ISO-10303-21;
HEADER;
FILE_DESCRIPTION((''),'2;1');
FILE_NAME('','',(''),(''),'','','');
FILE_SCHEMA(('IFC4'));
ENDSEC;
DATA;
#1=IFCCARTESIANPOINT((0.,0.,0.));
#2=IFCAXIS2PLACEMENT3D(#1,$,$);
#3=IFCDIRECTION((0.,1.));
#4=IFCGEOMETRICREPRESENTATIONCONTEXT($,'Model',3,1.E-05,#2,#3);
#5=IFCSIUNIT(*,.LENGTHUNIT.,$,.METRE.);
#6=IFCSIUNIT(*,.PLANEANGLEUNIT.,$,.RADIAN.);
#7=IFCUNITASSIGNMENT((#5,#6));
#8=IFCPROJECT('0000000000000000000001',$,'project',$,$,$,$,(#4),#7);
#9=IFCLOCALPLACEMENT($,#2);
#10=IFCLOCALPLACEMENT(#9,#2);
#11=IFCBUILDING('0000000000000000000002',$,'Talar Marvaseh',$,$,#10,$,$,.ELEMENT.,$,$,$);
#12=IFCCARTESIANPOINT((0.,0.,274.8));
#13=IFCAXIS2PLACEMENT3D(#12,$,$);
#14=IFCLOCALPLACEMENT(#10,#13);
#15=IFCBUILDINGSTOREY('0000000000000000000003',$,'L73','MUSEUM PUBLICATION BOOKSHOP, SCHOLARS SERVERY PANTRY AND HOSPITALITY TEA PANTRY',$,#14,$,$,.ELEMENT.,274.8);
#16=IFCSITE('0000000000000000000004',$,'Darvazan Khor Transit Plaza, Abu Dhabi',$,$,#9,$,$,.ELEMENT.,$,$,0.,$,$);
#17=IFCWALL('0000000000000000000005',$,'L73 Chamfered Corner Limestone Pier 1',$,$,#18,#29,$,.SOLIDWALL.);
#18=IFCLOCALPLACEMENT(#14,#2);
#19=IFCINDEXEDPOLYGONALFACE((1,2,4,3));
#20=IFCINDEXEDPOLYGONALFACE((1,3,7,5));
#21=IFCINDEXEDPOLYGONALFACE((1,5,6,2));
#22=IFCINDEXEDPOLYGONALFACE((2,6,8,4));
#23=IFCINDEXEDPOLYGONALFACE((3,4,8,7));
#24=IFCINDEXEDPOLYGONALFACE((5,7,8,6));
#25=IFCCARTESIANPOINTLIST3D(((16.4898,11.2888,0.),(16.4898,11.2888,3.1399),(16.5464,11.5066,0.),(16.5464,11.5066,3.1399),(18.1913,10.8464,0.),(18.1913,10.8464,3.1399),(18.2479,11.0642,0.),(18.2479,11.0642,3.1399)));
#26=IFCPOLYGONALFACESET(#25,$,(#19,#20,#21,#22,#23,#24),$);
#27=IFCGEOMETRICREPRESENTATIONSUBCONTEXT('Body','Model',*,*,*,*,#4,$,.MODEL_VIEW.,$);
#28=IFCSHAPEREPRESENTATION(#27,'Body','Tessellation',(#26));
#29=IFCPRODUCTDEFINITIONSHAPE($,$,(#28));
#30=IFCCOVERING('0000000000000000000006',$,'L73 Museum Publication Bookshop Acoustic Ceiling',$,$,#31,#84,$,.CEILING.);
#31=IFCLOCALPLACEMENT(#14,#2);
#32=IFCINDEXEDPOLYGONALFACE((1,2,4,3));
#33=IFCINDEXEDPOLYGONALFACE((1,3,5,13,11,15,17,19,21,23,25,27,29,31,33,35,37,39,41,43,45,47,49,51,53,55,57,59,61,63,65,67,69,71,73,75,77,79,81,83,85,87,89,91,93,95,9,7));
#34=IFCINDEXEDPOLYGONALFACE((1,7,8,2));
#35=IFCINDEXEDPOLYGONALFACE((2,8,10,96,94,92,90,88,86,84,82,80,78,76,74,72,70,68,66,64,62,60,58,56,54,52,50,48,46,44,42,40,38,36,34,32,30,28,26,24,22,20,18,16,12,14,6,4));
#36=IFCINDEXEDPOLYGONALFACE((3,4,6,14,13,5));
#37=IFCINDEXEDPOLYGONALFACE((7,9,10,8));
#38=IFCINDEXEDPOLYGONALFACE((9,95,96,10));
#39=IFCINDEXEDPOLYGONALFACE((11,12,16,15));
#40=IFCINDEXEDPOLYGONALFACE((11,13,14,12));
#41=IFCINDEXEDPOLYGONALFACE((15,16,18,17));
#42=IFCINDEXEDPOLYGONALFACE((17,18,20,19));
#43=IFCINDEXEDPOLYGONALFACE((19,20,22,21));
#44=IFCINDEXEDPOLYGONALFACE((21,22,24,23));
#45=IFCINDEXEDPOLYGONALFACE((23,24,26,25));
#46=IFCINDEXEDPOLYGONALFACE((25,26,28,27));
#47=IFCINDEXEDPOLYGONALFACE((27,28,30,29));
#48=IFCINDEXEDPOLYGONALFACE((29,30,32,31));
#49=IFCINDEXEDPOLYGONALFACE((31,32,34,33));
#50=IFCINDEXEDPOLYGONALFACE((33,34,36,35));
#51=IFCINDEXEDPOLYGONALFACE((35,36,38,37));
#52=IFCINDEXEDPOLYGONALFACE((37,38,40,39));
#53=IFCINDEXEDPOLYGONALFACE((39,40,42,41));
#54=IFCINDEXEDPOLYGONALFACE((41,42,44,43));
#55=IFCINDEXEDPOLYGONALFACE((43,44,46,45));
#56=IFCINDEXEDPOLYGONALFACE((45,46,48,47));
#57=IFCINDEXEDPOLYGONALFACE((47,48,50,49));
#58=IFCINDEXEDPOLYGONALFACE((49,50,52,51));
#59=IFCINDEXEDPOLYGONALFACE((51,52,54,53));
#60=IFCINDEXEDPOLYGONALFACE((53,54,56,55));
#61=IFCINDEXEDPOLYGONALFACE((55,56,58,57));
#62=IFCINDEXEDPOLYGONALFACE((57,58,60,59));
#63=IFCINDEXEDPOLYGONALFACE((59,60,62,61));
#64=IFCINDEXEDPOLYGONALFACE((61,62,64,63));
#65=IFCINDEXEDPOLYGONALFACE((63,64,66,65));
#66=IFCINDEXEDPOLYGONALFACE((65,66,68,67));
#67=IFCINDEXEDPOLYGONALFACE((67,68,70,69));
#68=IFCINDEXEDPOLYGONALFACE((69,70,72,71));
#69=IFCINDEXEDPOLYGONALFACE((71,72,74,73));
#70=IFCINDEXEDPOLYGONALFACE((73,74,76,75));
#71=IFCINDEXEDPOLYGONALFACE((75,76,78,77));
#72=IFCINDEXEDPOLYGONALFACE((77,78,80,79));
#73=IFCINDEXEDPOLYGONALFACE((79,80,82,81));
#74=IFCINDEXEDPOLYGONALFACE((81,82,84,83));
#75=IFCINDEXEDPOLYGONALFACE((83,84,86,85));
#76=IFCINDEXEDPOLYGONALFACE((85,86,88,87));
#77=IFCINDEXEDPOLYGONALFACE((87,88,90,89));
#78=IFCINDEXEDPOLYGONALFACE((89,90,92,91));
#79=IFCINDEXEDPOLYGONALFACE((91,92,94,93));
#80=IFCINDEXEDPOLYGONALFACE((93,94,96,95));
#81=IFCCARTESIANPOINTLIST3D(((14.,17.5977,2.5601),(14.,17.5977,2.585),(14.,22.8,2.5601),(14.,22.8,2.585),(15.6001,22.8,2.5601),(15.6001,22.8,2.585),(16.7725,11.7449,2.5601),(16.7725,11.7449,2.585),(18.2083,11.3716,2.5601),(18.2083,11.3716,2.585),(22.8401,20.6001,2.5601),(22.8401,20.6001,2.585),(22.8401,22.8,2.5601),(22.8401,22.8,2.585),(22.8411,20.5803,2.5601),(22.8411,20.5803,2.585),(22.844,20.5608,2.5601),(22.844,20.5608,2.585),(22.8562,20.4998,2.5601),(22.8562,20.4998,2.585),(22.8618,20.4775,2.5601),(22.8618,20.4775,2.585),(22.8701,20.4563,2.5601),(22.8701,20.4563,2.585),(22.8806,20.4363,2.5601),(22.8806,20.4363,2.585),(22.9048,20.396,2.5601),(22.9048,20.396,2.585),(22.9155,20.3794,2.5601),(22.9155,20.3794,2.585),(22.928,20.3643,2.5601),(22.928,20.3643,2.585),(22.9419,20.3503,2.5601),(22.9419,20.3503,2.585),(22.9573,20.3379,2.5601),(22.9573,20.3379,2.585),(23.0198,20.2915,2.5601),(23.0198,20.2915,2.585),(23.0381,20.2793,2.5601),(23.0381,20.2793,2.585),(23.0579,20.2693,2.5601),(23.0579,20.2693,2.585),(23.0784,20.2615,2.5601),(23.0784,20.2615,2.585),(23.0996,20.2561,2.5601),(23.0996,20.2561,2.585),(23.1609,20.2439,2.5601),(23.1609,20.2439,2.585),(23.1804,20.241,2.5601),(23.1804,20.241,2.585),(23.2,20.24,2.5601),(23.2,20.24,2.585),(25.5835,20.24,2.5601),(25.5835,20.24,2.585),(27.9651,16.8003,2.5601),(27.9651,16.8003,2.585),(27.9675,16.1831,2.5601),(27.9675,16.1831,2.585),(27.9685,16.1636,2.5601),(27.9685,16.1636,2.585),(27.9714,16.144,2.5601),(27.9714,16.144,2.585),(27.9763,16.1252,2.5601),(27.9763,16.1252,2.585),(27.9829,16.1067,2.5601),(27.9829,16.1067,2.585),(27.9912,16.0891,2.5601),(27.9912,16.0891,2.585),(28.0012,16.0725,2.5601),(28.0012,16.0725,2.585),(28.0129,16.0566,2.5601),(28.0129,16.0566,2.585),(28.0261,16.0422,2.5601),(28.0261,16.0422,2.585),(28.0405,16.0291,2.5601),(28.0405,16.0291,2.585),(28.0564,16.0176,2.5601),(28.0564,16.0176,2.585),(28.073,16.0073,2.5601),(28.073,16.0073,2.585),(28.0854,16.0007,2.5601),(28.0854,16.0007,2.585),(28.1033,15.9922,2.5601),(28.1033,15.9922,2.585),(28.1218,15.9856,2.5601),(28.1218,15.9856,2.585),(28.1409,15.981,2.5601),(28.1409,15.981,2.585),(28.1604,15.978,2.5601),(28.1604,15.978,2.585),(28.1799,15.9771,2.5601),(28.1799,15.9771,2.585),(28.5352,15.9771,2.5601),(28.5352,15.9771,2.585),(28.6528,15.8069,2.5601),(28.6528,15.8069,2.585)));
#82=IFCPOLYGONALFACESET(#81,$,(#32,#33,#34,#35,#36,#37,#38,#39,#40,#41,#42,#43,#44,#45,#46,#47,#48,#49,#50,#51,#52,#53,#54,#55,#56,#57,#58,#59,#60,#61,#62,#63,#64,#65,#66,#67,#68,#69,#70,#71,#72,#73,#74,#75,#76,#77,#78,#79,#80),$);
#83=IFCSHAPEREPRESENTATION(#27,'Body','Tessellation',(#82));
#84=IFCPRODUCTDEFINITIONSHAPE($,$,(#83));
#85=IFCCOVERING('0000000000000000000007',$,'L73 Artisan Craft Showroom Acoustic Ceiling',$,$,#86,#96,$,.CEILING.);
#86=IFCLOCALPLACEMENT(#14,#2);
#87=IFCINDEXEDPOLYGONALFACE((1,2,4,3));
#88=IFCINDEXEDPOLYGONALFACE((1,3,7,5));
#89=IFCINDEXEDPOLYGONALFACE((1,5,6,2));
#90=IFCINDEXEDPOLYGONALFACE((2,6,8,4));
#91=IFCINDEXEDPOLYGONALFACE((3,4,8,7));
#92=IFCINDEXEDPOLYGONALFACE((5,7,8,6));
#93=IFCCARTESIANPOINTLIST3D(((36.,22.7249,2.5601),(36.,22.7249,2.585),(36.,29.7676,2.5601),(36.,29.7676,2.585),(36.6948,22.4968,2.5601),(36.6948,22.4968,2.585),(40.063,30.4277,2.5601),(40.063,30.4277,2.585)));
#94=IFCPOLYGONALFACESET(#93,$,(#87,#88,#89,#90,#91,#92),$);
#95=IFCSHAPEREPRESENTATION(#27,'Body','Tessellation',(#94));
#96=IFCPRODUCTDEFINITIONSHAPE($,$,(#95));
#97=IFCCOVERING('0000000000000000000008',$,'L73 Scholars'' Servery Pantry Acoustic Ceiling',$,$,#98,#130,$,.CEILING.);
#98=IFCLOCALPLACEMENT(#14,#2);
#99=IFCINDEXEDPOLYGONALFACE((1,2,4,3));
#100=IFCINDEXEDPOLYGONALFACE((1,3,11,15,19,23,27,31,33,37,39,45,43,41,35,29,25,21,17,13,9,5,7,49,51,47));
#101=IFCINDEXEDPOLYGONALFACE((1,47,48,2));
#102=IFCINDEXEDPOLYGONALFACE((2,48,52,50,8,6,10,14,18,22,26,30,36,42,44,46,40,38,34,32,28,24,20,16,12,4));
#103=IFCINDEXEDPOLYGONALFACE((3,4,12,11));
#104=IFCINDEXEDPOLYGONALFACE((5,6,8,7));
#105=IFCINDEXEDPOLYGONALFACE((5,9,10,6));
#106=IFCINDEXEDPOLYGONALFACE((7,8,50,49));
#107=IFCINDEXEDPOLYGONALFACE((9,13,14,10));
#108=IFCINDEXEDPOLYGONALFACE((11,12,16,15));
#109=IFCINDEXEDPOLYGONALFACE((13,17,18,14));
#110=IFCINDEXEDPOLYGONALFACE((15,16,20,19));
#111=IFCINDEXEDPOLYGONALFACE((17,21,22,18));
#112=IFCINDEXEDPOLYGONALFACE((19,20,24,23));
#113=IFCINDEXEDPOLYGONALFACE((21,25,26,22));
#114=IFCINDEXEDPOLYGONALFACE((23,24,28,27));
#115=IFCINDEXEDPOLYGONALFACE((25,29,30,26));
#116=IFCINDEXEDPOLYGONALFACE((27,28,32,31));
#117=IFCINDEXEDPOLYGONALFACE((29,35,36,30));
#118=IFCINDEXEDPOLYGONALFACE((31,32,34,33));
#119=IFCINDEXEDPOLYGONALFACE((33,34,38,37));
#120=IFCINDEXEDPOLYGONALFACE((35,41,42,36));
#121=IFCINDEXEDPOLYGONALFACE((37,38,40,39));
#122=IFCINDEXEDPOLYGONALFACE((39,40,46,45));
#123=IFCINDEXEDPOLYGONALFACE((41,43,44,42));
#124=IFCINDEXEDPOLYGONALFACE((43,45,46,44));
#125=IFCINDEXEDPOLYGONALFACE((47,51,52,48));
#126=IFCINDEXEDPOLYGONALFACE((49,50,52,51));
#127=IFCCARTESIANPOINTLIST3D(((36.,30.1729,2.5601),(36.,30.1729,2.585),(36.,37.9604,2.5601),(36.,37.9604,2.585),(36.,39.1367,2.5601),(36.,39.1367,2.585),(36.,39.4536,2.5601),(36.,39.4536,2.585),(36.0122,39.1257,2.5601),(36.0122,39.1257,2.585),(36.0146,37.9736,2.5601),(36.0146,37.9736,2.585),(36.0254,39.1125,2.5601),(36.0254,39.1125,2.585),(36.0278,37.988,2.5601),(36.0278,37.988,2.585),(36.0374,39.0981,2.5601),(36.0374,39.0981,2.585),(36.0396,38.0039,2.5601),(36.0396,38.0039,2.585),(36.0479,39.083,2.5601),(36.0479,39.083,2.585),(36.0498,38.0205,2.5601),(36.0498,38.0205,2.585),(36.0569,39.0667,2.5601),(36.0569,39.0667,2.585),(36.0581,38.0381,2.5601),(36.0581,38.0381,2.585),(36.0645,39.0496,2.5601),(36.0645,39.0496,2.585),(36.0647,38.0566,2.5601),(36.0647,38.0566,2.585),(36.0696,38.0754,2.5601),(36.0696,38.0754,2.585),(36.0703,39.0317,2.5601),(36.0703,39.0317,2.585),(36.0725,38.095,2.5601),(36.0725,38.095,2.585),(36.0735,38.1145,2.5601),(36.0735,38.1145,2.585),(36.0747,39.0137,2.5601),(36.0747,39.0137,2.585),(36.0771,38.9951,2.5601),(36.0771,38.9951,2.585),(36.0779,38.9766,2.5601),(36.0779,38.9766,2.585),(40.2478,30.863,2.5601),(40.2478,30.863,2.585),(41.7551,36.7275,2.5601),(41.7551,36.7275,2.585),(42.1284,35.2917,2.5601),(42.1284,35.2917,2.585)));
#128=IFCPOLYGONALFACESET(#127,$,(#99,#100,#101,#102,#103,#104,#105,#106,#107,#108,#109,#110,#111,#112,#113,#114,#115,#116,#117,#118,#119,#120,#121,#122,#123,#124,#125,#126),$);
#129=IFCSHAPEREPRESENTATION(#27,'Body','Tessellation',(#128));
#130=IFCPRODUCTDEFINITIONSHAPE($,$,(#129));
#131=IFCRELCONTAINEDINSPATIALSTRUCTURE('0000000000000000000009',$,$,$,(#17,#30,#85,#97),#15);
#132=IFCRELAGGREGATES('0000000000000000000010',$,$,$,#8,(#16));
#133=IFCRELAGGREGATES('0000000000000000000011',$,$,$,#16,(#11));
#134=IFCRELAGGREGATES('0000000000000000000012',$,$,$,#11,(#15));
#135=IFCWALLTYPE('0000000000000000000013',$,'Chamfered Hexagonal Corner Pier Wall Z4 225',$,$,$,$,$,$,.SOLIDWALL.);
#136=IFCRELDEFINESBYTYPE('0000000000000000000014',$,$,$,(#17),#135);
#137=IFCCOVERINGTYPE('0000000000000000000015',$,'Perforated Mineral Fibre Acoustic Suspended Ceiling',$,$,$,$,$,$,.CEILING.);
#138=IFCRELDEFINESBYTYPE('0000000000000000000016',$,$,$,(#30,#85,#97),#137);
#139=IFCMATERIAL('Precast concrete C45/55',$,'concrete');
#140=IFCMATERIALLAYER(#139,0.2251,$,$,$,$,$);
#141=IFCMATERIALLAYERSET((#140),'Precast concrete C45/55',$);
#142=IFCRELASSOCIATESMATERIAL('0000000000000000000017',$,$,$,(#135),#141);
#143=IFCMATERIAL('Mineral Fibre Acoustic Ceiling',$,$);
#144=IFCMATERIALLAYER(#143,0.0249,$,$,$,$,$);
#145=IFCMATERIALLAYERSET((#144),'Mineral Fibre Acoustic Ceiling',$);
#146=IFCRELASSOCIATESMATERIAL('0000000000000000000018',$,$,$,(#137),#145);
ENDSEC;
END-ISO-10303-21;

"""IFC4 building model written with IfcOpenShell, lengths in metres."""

from ifc_helpers import new_model, si_unit, direction, frame, frame_2d, origin, place, context, subcontext, project, spatial, polyline, rectangle, outline, extrude, material, layer, layer_set, type_object, element, save


model = new_model("IFC4")

# Units and contexts
model_context = context("Model", 3, precision=1e-05, world=origin(), true_north=direction((0.0, 1.0)))
body_context = subcontext(model_context, "Body", "Model", "MODEL_VIEW")
ifc_project = project(units=[si_unit("LENGTHUNIT", "METRE"), si_unit("PLANEANGLEUNIT", "RADIAN")], contexts=[model_context])

# Site, building, storey
site_placement = place(None, origin())
site = spatial("IfcSite", under=ifc_project, at=site_placement, Name="Darvazan Khor Transit Plaza, Abu Dhabi", CompositionType="ELEMENT", RefElevation=0.0)
building_placement = place(site_placement, origin())
building = spatial("IfcBuilding", under=site, at=building_placement, Name="Talar Marvaseh", CompositionType="ELEMENT")
storey_placement = place(building_placement, frame((0.0, 0.0, 274.8)))
storey = spatial("IfcBuildingStorey", under=building, at=storey_placement, Name="L73", Description="MUSEUM PUBLICATION BOOKSHOP, SCHOLARS SERVERY PANTRY AND HOSPITALITY TEA PANTRY", CompositionType="ELEMENT", Elevation=274.8)

# Wall
ifc_material_1 = material(Name="Precast concrete C45/55", Category="concrete")
ifc_layer_1 = layer(ifc_material_1, 0.2251)
ifc_layer_set_1 = layer_set([ifc_layer_1], Name="Precast concrete C45/55")
wall_type = type_object("IfcWallType", Name="Chamfered Hexagonal Corner Pier Wall Z4 225", PredefinedType="SOLIDWALL", material=ifc_layer_set_1)
wall_placement = place(storey_placement, frame((18.2195, 10.9553, 0.0), z_axis=(0.0, 0.0, 1.0), x_axis=(-0.96782, 0.251642, 0.0)))
element("IfcWall", 1, at=wall_placement, inside=storey, type_object=wall_type, Name="L73 Chamfered Corner Limestone Pier 1", PredefinedType="SOLIDWALL", context=body_context, shape_type="SweptSolid", body=[
    extrude(rectangle(XDim=1.7581, YDim=0.2251, at=frame_2d((0.8789, 0.0))), origin(), (0.0, 0.0, 1.0), 3.1399),
])

# Coverings
ifc_material_2 = material(Name="Mineral Fibre Acoustic Ceiling")
ifc_layer_2 = layer(ifc_material_2, 0.0249)
ifc_layer_set_2 = layer_set([ifc_layer_2], Name="Mineral Fibre Acoustic Ceiling")
covering_type_1 = type_object("IfcCoveringType", Name="Perforated Mineral Fibre Acoustic Suspended Ceiling", PredefinedType="CEILING", material=ifc_layer_set_2)
covering_1_placement = place(storey_placement, frame((0.0, 0.0, 2.5601)))
element("IfcCovering", 2, at=covering_1_placement, inside=storey, type_object=covering_type_1, Name="L73 Museum Publication Bookshop Acoustic Ceiling", PredefinedType="CEILING", context=body_context, shape_type="SweptSolid", body=[
    extrude(outline(polyline([(22.8401, 20.6001), (22.8411, 20.5803), (22.844, 20.5608), (22.8562, 20.4998), (22.8618, 20.4775), (22.8701, 20.4563), (22.8806, 20.4363), (22.9048, 20.396), (22.9155, 20.3794), (22.928, 20.3643), (22.9419, 20.3503), (22.9573, 20.3379), (23.0198, 20.2915), (23.0381, 20.2793), (23.0579, 20.2693), (23.0784, 20.2615), (23.0996, 20.2561), (23.1609, 20.2439), (23.1804, 20.241), (23.2, 20.24), (25.5835, 20.24), (27.9651, 16.8003), (27.9675, 16.1831), (27.9685, 16.1636), (27.9714, 16.144), (27.9763, 16.1252), (27.9829, 16.1067), (27.9912, 16.0891), (28.0012, 16.0725), (28.0129, 16.0566), (28.0261, 16.0422), (28.0405, 16.0291), (28.0564, 16.0176), (28.073, 16.0073), (28.0854, 16.0007), (28.1033, 15.9922), (28.1218, 15.9856), (28.1409, 15.981), (28.1604, 15.978), (28.1799, 15.9771), (28.5352, 15.9771), (28.6528, 15.8069), (18.2083, 11.3716), (16.7725, 11.7449), (14.0, 17.5977), (14.0, 22.8), (15.6001, 22.8), (22.8401, 22.8), (22.8401, 20.6001)])), origin(), (0.0, 0.0, 1.0), 0.0249),
])
covering_2_placement = place(storey_placement, frame((0.0, 0.0, 2.5601)))
element("IfcCovering", 3, at=covering_2_placement, inside=storey, type_object=covering_type_1, Name="L73 Artisan Craft Showroom Acoustic Ceiling", PredefinedType="CEILING", context=body_context, shape_type="SweptSolid", body=[
    extrude(outline(polyline([(36.6948, 22.4968), (36.0, 22.7249), (36.0, 29.7676), (40.063, 30.4277), (36.6948, 22.4968)])), origin(), (0.0, 0.0, 1.0), 0.0249),
])
covering_3_placement = place(storey_placement, frame((0.0, 0.0, 2.5601)))
element("IfcCovering", 4, at=covering_3_placement, inside=storey, type_object=covering_type_1, Name="L73 Scholars' Servery Pantry Acoustic Ceiling", PredefinedType="CEILING", context=body_context, shape_type="SweptSolid", body=[
    extrude(outline(polyline([(42.1284, 35.2917), (40.2478, 30.863), (36.0, 30.1729), (36.0, 37.9604), (36.0, 37.9604), (36.0146, 37.9736), (36.0278, 37.988), (36.0396, 38.0039), (36.0498, 38.0205), (36.0581, 38.0381), (36.0647, 38.0566), (36.0696, 38.0754), (36.0725, 38.095), (36.0735, 38.1145), (36.0779, 38.9766), (36.0771, 38.9951), (36.0747, 39.0137), (36.0703, 39.0317), (36.0645, 39.0496), (36.0569, 39.0667), (36.0479, 39.083), (36.0374, 39.0981), (36.0254, 39.1125), (36.0122, 39.1257), (36.0, 39.1367), (36.0, 39.4536), (41.7551, 36.7275), (42.1284, 35.2917)])), origin(), (0.0, 0.0, 1.0), 0.0249),
])

save(model, "model.ifc")
